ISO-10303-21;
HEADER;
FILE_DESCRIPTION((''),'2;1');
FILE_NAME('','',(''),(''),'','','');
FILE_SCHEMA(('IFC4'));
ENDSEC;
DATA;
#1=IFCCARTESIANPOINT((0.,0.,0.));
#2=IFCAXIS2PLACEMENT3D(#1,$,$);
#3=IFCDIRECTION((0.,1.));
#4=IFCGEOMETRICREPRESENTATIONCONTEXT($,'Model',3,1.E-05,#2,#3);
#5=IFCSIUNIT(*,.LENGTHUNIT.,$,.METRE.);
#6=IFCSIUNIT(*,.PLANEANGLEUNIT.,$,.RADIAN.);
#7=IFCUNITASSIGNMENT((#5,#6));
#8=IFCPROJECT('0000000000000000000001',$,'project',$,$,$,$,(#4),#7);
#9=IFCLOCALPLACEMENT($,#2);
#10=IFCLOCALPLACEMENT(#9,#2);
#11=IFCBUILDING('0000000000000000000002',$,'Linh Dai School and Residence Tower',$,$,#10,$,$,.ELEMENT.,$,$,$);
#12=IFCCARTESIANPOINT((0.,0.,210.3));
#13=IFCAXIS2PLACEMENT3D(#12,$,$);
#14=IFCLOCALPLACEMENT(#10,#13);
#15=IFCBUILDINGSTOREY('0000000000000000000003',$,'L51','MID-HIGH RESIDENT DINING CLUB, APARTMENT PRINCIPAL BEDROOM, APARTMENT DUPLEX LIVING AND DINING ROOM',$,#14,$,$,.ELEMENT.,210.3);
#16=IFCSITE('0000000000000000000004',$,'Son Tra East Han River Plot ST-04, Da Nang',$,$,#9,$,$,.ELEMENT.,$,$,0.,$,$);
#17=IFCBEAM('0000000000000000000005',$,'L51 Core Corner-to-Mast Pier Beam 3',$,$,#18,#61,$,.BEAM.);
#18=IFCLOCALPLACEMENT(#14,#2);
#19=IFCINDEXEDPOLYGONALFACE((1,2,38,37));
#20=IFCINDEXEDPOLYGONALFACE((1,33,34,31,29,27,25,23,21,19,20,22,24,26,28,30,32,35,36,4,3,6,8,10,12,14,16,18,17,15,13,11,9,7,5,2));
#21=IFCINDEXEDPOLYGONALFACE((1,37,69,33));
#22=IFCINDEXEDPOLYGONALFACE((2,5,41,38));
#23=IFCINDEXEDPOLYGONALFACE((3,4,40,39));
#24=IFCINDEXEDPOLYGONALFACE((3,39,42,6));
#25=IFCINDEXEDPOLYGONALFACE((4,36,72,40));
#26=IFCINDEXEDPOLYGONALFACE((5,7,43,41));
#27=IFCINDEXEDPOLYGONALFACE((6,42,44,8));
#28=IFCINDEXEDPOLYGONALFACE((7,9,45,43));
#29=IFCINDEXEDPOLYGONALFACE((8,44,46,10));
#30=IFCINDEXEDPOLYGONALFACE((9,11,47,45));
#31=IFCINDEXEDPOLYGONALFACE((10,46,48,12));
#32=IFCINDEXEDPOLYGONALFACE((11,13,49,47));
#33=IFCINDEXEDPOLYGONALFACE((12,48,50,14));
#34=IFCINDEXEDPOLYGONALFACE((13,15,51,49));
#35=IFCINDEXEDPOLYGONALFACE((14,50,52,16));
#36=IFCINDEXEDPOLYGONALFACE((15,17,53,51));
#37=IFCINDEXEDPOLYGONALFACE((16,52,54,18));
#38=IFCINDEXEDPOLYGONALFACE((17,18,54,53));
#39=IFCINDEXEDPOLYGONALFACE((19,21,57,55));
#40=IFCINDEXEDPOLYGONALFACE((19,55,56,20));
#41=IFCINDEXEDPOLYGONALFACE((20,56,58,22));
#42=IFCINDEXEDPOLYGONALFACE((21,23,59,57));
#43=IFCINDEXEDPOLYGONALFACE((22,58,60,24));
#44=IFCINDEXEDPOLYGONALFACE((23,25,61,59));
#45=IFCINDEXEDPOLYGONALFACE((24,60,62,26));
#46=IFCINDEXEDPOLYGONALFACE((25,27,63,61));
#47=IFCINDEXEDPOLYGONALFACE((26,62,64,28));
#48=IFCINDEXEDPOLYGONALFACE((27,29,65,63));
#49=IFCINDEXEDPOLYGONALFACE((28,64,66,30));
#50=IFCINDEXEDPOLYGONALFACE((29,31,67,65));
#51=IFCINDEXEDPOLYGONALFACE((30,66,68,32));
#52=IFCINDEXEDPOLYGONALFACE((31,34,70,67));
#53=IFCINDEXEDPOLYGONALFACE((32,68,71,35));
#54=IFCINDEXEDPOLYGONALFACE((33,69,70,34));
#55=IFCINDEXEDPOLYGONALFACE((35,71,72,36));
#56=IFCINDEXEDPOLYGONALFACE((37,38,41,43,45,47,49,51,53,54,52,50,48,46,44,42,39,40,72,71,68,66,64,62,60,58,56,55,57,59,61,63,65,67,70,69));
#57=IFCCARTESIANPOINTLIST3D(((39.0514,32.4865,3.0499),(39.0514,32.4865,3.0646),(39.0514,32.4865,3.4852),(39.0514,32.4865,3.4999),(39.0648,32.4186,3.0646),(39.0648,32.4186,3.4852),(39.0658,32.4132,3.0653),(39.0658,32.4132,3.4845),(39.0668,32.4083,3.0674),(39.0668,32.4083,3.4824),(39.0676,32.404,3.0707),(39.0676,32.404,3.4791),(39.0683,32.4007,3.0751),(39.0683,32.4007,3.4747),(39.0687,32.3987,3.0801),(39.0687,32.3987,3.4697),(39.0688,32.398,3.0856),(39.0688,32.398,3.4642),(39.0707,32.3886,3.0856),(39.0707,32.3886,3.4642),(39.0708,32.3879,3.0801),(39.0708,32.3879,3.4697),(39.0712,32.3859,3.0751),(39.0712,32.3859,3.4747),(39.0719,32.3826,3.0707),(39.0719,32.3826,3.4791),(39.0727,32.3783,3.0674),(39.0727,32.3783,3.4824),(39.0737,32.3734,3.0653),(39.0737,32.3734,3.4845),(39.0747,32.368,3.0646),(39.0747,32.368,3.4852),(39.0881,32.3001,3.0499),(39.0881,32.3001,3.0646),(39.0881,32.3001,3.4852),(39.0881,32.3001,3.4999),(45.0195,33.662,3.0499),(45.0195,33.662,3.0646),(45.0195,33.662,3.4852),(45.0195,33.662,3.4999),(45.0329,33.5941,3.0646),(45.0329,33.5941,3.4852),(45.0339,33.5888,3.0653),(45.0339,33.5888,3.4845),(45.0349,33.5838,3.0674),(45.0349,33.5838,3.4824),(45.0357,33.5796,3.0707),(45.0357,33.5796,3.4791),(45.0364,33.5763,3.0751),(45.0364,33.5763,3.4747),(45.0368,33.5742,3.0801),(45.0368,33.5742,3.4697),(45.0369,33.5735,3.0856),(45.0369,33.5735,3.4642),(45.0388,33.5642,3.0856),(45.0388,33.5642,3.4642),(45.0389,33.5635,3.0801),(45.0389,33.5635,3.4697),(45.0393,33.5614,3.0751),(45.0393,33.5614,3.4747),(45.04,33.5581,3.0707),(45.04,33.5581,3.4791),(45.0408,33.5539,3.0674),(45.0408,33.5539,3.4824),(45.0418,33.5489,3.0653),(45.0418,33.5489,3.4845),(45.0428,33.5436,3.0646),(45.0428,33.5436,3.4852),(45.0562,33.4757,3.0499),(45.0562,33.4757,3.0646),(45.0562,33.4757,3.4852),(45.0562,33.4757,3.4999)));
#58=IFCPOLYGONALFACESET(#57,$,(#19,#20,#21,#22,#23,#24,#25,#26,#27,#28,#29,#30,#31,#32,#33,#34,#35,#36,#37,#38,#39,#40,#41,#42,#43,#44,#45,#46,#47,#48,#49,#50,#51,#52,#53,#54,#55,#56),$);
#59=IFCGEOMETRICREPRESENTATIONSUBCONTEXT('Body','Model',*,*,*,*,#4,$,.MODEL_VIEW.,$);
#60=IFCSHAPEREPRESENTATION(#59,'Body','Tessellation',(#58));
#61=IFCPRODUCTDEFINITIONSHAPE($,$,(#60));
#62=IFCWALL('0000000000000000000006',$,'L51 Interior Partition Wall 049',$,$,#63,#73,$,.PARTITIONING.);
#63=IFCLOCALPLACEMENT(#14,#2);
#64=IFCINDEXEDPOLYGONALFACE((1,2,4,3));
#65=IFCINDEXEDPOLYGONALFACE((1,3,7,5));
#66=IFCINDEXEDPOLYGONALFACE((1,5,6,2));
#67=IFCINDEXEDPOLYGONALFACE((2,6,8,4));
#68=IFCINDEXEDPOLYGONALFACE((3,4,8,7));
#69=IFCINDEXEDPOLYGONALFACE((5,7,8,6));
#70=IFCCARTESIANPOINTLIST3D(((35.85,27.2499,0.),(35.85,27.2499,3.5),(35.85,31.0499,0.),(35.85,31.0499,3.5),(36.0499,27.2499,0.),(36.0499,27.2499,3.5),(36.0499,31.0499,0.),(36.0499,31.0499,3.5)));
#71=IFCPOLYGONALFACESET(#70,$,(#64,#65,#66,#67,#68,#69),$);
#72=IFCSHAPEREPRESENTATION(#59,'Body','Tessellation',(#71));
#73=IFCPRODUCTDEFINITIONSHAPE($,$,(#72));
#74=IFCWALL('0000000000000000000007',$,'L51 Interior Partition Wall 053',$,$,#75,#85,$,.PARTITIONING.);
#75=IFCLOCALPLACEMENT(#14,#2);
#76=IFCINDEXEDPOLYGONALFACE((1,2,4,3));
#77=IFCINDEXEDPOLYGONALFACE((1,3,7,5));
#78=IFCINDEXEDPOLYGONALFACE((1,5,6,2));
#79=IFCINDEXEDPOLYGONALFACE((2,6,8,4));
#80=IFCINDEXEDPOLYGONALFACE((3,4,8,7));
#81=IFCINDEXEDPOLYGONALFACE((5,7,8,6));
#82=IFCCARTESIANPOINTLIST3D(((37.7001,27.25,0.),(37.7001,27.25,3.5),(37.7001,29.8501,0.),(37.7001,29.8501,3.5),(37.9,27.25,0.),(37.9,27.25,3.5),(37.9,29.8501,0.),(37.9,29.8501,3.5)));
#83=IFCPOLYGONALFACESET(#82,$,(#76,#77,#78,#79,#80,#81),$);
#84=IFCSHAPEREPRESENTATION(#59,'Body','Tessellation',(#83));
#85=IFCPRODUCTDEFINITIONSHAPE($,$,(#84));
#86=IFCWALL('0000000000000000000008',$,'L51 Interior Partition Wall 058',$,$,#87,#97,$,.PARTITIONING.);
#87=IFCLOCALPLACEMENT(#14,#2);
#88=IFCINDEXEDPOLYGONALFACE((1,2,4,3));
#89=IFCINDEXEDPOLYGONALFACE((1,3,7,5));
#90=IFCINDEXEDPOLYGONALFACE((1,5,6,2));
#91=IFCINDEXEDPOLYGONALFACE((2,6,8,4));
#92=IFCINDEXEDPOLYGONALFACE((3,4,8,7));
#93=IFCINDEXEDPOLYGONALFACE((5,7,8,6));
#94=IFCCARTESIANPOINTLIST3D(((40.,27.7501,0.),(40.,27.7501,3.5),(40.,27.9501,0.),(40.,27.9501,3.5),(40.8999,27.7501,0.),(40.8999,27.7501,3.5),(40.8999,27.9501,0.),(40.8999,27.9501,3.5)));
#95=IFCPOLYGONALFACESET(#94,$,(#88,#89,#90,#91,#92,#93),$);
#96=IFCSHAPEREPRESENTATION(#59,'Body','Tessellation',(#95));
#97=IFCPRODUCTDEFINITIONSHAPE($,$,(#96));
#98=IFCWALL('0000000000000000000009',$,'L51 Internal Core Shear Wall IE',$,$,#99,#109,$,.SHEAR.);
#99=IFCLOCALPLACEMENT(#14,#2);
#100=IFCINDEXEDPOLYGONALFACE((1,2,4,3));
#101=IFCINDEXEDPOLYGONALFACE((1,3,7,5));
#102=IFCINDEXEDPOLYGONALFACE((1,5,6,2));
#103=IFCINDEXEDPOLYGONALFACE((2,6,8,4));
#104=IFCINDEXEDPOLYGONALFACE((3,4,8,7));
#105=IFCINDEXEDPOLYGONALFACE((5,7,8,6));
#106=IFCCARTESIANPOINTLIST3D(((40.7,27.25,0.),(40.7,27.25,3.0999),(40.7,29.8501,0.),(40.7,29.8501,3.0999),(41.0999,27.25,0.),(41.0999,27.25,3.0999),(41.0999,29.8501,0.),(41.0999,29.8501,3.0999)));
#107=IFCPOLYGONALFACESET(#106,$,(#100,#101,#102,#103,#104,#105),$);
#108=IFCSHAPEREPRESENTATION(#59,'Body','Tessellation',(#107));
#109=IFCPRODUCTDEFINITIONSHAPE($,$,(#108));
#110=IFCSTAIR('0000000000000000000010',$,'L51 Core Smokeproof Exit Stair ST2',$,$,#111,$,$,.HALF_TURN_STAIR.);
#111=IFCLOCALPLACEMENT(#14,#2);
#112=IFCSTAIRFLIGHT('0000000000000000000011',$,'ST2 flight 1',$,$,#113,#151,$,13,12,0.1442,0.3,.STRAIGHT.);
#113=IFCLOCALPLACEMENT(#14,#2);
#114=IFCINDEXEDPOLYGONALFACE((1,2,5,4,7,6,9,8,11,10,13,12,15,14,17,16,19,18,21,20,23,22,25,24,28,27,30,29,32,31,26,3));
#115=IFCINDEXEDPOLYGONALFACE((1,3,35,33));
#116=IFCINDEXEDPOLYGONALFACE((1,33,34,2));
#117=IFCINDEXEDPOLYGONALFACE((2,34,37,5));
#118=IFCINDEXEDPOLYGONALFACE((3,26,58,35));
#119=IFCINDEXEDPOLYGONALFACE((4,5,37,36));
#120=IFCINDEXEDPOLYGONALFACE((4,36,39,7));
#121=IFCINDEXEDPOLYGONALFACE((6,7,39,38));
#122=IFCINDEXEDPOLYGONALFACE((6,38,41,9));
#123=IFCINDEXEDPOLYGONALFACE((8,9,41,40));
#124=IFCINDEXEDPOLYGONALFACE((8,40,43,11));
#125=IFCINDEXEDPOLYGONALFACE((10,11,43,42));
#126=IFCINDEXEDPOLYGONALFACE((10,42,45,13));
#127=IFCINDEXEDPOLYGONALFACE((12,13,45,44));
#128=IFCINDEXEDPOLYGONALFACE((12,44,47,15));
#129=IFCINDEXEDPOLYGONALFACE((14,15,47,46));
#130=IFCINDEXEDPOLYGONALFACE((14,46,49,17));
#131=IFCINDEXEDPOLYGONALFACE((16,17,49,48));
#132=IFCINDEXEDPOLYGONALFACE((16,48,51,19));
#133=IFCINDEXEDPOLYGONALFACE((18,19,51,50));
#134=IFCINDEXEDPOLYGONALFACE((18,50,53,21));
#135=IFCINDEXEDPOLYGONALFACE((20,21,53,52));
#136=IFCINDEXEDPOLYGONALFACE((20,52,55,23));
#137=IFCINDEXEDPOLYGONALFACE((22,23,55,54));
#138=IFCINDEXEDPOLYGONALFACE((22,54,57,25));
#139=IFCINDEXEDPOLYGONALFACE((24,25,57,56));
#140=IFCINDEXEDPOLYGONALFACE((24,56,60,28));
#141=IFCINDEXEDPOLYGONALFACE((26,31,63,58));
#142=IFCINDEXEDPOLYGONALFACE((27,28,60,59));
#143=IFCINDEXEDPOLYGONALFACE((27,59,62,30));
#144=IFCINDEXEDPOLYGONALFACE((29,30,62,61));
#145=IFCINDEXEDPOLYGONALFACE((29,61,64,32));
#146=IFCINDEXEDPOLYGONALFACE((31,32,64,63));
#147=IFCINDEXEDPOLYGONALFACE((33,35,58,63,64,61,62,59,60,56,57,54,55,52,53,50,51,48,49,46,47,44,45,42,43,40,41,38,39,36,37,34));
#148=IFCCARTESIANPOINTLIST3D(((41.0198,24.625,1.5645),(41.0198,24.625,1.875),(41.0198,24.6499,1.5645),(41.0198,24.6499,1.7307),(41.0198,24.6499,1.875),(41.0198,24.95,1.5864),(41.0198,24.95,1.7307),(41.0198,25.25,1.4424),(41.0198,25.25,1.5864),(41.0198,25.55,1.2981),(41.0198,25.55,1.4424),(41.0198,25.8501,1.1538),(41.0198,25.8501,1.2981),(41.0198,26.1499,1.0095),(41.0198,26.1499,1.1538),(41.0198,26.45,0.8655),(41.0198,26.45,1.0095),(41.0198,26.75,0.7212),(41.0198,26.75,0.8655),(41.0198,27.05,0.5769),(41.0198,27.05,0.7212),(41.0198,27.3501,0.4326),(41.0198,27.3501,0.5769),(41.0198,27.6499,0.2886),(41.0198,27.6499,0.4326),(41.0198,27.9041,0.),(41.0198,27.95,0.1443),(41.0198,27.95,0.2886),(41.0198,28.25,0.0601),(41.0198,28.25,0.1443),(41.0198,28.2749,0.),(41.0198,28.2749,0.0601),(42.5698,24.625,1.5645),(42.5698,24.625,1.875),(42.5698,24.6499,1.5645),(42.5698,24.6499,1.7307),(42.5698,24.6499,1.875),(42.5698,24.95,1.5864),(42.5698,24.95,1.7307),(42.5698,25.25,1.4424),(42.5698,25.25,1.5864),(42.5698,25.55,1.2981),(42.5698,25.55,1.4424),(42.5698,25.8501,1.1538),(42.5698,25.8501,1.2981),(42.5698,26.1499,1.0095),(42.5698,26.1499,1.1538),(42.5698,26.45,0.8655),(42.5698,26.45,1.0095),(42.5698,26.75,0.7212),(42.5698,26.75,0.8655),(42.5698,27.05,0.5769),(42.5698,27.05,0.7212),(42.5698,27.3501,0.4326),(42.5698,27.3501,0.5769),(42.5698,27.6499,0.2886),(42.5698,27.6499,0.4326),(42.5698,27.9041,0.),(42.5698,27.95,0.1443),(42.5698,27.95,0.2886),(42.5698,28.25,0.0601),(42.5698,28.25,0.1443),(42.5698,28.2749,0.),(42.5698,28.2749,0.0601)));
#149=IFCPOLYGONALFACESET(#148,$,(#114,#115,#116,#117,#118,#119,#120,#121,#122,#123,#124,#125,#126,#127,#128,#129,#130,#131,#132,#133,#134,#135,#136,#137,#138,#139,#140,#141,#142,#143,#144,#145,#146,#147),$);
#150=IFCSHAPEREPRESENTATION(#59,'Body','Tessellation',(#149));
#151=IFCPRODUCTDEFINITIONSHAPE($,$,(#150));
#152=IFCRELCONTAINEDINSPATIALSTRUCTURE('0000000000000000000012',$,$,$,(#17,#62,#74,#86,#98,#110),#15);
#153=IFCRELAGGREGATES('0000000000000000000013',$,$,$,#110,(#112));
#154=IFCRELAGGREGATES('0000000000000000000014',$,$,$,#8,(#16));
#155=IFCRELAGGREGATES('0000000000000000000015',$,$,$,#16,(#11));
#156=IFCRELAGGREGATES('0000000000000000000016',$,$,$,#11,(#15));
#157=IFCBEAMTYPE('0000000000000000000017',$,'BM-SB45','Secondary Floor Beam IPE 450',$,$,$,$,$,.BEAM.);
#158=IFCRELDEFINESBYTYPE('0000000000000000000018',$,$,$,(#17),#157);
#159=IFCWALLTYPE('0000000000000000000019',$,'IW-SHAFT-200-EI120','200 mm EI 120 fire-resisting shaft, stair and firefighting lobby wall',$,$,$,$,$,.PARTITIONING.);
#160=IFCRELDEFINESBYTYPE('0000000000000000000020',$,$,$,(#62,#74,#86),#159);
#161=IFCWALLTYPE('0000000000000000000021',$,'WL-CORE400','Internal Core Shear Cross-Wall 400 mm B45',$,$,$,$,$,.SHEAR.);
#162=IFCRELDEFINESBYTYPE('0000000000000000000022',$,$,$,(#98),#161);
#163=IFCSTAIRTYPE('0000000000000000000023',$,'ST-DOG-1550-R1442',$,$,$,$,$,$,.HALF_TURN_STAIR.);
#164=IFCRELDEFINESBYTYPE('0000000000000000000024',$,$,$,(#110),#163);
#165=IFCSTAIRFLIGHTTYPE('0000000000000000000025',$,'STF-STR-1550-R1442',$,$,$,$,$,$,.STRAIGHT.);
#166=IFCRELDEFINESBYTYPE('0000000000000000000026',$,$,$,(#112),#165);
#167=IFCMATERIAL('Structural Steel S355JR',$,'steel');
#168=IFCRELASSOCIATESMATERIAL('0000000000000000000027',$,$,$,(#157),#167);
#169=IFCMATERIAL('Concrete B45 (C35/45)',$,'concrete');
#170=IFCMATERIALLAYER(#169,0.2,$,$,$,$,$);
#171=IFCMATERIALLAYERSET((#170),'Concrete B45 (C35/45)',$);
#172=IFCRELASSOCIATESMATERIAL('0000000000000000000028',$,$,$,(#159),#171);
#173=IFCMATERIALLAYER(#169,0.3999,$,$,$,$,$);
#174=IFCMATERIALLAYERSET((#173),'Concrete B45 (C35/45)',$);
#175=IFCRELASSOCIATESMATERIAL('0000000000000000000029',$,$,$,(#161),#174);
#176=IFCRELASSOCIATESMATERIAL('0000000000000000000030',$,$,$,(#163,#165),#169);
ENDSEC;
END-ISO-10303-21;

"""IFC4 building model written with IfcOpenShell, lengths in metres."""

from ifc_helpers import new_model, si_unit, direction, frame, frame_2d, origin, origin_2d, place, context, subcontext, project, spatial, polyline, rectangle, i_section, outline, extrude, source, transform, mapped, material, layer, layer_set, material_profile, profile_set, type_object, element, aggregate, save


model = new_model("IFC4")

# Units and contexts
model_context = context("Model", 3, precision=1e-05, world=origin(), true_north=direction((0.0, 1.0)))
body_context = subcontext(model_context, "Body", "Model", "MODEL_VIEW")
ifc_project = project(units=[si_unit("LENGTHUNIT", "METRE"), si_unit("PLANEANGLEUNIT", "RADIAN")], contexts=[model_context])

# Site, building, storey
site_placement = place(None, origin())
site = spatial("IfcSite", under=ifc_project, at=site_placement, Name="Son Tra East Han River Plot ST-04, Da Nang", CompositionType="ELEMENT", RefElevation=0.0)
building_placement = place(site_placement, origin())
building = spatial("IfcBuilding", under=site, at=building_placement, Name="Linh Dai School and Residence Tower", CompositionType="ELEMENT")
storey_placement = place(building_placement, frame((0.0, 0.0, 210.3)))
storey = spatial("IfcBuildingStorey", under=building, at=storey_placement, Name="L51", Description="MID-HIGH RESIDENT DINING CLUB, APARTMENT PRINCIPAL BEDROOM, APARTMENT DUPLEX LIVING AND DINING ROOM", CompositionType="ELEMENT", Elevation=210.3)

# Shared definitions
ifc_material_1 = material(Name="Structural Steel S355JR", Category="steel")

# Beam
ifc_material_profile_1 = material_profile(ifc_material_1, i_section(OverallWidth=0.1899, OverallDepth=0.45, WebThickness=0.0095, FlangeThickness=0.0146, FilletRadius=0.021, at=origin_2d()), Name="IPE 450")
ifc_profile_set_1 = profile_set([ifc_material_profile_1], Name="Structural Steel S355JR")
beam_type_1 = type_object("IfcBeamType", Name="BM-SB45", Description="Secondary Floor Beam IPE 450", PredefinedType="BEAM", material=ifc_profile_set_1)
beam_1_placement = place(storey_placement, frame((45.0378, 33.5688, 3.2749), z_axis=(-0.981148, -0.193259, 0.0), x_axis=(0.193259, -0.981148, 0.0)))
element("IfcBeam", 1, at=beam_1_placement, inside=storey, type_object=beam_type_1, Name="L51 Core Corner-to-Mast Pier Beam 3", PredefinedType="BEAM", context=body_context, shape_type="SweptSolid", body=[
    extrude(i_section(OverallWidth=0.1899, OverallDepth=0.45, WebThickness=0.0095, FlangeThickness=0.0146, FilletRadius=0.021, at=origin_2d()), origin(), (0.0, 0.0, 1.0), 6.0828),
])

# Wall
ifc_material_2 = material(Name="Concrete B45 (C35/45)", Category="concrete")
ifc_layer_1 = layer(ifc_material_2, 0.2)
ifc_layer_set_1 = layer_set([ifc_layer_1], Name="Concrete B45 (C35/45)")
wall_type_1 = type_object("IfcWallType", Name="IW-SHAFT-200-EI120", Description="200 mm EI 120 fire-resisting shaft, stair and firefighting lobby wall", PredefinedType="PARTITIONING", material=ifc_layer_set_1)
wall_1_placement = place(storey_placement, frame((35.95, 27.25, 0.0), z_axis=(0.0, 0.0, 1.0), x_axis=(0.0, 1.0, 0.0)))
element("IfcWall", 2, at=wall_1_placement, inside=storey, type_object=wall_type_1, Name="L51 Interior Partition Wall 049", PredefinedType="PARTITIONING", context=body_context, shape_type="SweptSolid", body=[
    extrude(rectangle(XDim=3.8, YDim=0.2, at=frame_2d((1.8999, 0.0))), origin(), (0.0, 0.0, 1.0), 3.5),
])

# Walls
wall_2_placement = place(storey_placement, frame((37.8, 27.25, 0.0), z_axis=(0.0, 0.0, 1.0), x_axis=(0.0, 1.0, 0.0)))
element("IfcWall", 3, at=wall_2_placement, inside=storey, type_object=wall_type_1, Name="L51 Interior Partition Wall 053", PredefinedType="PARTITIONING", context=body_context, shape_type="SweptSolid", body=[
    extrude(rectangle(XDim=2.6001, YDim=0.2, at=frame_2d((1.3, 0.0))), origin(), (0.0, 0.0, 1.0), 3.5),
])
wall_3_placement = place(storey_placement, frame((40.0, 27.8501, 0.0), z_axis=(0.0, 0.0, 1.0), x_axis=(1.0, 0.0, 0.0)))
element("IfcWall", 4, at=wall_3_placement, inside=storey, type_object=wall_type_1, Name="L51 Interior Partition Wall 058", PredefinedType="PARTITIONING", context=body_context, shape_type="SweptSolid", body=[
    extrude(rectangle(XDim=0.8999, YDim=0.2, at=frame_2d((0.45, 0.0))), origin(), (0.0, 0.0, 1.0), 3.5),
])
ifc_layer_2 = layer(ifc_material_2, 0.3999)
ifc_layer_set_2 = layer_set([ifc_layer_2], Name="Concrete B45 (C35/45)")
wall_type_2 = type_object("IfcWallType", Name="WL-CORE400", Description="Internal Core Shear Cross-Wall 400 mm B45", PredefinedType="SHEAR", material=ifc_layer_set_2)
wall_4_placement = place(storey_placement, frame((40.8999, 27.25, 0.0), z_axis=(0.0, 0.0, 1.0), x_axis=(0.0, 1.0, 0.0)))
element("IfcWall", 5, at=wall_4_placement, inside=storey, type_object=wall_type_2, Name="L51 Internal Core Shear Wall IE", PredefinedType="SHEAR", context=body_context, shape_type="SweptSolid", body=[
    extrude(rectangle(XDim=2.6001, YDim=0.3999, at=frame_2d((1.3, 0.0))), origin(), (0.0, 0.0, 1.0), 3.0999),
])

# Stair, stair flight
stair_type = type_object("IfcStairType", Name="ST-DOG-1550-R1442", PredefinedType="HALF_TURN_STAIR", material=ifc_material_2)
stair_placement = place(storey_placement, origin())
stair = element("IfcStair", 6, at=stair_placement, inside=storey, type_object=stair_type, Name="L51 Core Smokeproof Exit Stair ST2", PredefinedType="HALF_TURN_STAIR")
stair_flight_type = type_object("IfcStairFlightType", Name="STF-STR-1550-R1442", PredefinedType="STRAIGHT", material=ifc_material_2)
shared_shape_1 = source(origin(), body_context, "Body", "SweptSolid", [
    extrude(outline(polyline([(-0.0249, 0.0), (-0.0249, 0.0601), (0.0, 0.0601), (0.0, 0.1443), (0.3, 0.1443), (0.3, 0.2886), (0.6001, 0.2886), (0.6001, 0.4326), (0.8999, 0.4326), (0.8999, 0.5769), (1.2, 0.5769), (1.2, 0.7212), (1.5, 0.7212), (1.5, 0.8655), (1.8, 0.8655), (1.8, 1.0095), (2.1001, 1.0095), (2.1001, 1.1538), (2.3999, 1.1538), (2.3999, 1.2981), (2.7, 1.2981), (2.7, 1.4424), (3.0, 1.4424), (3.0, 1.5864), (3.3, 1.5864), (3.3, 1.7307), (3.6001, 1.7307), (3.6001, 1.875), (3.625, 1.875), (3.625, 1.5645), (3.6001, 1.5645), (0.3459, 0.0), (-0.0249, 0.0)])), frame((0.0, 0.7749, 0.0), z_axis=(0.0, -1.0, 0.0), x_axis=(1.0, 0.0, 0.0)), (0.0, 0.0, 1.0), 1.55),
])
stair_flight_placement = place(storey_placement, frame((41.7949, 28.25, 0.0), z_axis=(0.0, 0.0, 1.0), x_axis=(0.0, -1.0, 0.0)))
stair_flight = element("IfcStairFlight", 7, at=stair_flight_placement, type_object=stair_flight_type, Name="ST2 flight 1", NumberOfRisers=13, NumberOfTreads=12, PredefinedType="STRAIGHT", RiserHeight=0.1442, TreadLength=0.3, context=body_context, shape_type="MappedRepresentation", body=[
    mapped(shared_shape_1, transform((0.0, 0.0, 0.0), x_axis=(1.0, 0.0, 0.0), y_axis=(0.0, 1.0, 0.0), z_axis=(0.0, 0.0, 1.0), scale=1.0)),
])
aggregate(stair, [stair_flight])

save(model, "model.ifc")
